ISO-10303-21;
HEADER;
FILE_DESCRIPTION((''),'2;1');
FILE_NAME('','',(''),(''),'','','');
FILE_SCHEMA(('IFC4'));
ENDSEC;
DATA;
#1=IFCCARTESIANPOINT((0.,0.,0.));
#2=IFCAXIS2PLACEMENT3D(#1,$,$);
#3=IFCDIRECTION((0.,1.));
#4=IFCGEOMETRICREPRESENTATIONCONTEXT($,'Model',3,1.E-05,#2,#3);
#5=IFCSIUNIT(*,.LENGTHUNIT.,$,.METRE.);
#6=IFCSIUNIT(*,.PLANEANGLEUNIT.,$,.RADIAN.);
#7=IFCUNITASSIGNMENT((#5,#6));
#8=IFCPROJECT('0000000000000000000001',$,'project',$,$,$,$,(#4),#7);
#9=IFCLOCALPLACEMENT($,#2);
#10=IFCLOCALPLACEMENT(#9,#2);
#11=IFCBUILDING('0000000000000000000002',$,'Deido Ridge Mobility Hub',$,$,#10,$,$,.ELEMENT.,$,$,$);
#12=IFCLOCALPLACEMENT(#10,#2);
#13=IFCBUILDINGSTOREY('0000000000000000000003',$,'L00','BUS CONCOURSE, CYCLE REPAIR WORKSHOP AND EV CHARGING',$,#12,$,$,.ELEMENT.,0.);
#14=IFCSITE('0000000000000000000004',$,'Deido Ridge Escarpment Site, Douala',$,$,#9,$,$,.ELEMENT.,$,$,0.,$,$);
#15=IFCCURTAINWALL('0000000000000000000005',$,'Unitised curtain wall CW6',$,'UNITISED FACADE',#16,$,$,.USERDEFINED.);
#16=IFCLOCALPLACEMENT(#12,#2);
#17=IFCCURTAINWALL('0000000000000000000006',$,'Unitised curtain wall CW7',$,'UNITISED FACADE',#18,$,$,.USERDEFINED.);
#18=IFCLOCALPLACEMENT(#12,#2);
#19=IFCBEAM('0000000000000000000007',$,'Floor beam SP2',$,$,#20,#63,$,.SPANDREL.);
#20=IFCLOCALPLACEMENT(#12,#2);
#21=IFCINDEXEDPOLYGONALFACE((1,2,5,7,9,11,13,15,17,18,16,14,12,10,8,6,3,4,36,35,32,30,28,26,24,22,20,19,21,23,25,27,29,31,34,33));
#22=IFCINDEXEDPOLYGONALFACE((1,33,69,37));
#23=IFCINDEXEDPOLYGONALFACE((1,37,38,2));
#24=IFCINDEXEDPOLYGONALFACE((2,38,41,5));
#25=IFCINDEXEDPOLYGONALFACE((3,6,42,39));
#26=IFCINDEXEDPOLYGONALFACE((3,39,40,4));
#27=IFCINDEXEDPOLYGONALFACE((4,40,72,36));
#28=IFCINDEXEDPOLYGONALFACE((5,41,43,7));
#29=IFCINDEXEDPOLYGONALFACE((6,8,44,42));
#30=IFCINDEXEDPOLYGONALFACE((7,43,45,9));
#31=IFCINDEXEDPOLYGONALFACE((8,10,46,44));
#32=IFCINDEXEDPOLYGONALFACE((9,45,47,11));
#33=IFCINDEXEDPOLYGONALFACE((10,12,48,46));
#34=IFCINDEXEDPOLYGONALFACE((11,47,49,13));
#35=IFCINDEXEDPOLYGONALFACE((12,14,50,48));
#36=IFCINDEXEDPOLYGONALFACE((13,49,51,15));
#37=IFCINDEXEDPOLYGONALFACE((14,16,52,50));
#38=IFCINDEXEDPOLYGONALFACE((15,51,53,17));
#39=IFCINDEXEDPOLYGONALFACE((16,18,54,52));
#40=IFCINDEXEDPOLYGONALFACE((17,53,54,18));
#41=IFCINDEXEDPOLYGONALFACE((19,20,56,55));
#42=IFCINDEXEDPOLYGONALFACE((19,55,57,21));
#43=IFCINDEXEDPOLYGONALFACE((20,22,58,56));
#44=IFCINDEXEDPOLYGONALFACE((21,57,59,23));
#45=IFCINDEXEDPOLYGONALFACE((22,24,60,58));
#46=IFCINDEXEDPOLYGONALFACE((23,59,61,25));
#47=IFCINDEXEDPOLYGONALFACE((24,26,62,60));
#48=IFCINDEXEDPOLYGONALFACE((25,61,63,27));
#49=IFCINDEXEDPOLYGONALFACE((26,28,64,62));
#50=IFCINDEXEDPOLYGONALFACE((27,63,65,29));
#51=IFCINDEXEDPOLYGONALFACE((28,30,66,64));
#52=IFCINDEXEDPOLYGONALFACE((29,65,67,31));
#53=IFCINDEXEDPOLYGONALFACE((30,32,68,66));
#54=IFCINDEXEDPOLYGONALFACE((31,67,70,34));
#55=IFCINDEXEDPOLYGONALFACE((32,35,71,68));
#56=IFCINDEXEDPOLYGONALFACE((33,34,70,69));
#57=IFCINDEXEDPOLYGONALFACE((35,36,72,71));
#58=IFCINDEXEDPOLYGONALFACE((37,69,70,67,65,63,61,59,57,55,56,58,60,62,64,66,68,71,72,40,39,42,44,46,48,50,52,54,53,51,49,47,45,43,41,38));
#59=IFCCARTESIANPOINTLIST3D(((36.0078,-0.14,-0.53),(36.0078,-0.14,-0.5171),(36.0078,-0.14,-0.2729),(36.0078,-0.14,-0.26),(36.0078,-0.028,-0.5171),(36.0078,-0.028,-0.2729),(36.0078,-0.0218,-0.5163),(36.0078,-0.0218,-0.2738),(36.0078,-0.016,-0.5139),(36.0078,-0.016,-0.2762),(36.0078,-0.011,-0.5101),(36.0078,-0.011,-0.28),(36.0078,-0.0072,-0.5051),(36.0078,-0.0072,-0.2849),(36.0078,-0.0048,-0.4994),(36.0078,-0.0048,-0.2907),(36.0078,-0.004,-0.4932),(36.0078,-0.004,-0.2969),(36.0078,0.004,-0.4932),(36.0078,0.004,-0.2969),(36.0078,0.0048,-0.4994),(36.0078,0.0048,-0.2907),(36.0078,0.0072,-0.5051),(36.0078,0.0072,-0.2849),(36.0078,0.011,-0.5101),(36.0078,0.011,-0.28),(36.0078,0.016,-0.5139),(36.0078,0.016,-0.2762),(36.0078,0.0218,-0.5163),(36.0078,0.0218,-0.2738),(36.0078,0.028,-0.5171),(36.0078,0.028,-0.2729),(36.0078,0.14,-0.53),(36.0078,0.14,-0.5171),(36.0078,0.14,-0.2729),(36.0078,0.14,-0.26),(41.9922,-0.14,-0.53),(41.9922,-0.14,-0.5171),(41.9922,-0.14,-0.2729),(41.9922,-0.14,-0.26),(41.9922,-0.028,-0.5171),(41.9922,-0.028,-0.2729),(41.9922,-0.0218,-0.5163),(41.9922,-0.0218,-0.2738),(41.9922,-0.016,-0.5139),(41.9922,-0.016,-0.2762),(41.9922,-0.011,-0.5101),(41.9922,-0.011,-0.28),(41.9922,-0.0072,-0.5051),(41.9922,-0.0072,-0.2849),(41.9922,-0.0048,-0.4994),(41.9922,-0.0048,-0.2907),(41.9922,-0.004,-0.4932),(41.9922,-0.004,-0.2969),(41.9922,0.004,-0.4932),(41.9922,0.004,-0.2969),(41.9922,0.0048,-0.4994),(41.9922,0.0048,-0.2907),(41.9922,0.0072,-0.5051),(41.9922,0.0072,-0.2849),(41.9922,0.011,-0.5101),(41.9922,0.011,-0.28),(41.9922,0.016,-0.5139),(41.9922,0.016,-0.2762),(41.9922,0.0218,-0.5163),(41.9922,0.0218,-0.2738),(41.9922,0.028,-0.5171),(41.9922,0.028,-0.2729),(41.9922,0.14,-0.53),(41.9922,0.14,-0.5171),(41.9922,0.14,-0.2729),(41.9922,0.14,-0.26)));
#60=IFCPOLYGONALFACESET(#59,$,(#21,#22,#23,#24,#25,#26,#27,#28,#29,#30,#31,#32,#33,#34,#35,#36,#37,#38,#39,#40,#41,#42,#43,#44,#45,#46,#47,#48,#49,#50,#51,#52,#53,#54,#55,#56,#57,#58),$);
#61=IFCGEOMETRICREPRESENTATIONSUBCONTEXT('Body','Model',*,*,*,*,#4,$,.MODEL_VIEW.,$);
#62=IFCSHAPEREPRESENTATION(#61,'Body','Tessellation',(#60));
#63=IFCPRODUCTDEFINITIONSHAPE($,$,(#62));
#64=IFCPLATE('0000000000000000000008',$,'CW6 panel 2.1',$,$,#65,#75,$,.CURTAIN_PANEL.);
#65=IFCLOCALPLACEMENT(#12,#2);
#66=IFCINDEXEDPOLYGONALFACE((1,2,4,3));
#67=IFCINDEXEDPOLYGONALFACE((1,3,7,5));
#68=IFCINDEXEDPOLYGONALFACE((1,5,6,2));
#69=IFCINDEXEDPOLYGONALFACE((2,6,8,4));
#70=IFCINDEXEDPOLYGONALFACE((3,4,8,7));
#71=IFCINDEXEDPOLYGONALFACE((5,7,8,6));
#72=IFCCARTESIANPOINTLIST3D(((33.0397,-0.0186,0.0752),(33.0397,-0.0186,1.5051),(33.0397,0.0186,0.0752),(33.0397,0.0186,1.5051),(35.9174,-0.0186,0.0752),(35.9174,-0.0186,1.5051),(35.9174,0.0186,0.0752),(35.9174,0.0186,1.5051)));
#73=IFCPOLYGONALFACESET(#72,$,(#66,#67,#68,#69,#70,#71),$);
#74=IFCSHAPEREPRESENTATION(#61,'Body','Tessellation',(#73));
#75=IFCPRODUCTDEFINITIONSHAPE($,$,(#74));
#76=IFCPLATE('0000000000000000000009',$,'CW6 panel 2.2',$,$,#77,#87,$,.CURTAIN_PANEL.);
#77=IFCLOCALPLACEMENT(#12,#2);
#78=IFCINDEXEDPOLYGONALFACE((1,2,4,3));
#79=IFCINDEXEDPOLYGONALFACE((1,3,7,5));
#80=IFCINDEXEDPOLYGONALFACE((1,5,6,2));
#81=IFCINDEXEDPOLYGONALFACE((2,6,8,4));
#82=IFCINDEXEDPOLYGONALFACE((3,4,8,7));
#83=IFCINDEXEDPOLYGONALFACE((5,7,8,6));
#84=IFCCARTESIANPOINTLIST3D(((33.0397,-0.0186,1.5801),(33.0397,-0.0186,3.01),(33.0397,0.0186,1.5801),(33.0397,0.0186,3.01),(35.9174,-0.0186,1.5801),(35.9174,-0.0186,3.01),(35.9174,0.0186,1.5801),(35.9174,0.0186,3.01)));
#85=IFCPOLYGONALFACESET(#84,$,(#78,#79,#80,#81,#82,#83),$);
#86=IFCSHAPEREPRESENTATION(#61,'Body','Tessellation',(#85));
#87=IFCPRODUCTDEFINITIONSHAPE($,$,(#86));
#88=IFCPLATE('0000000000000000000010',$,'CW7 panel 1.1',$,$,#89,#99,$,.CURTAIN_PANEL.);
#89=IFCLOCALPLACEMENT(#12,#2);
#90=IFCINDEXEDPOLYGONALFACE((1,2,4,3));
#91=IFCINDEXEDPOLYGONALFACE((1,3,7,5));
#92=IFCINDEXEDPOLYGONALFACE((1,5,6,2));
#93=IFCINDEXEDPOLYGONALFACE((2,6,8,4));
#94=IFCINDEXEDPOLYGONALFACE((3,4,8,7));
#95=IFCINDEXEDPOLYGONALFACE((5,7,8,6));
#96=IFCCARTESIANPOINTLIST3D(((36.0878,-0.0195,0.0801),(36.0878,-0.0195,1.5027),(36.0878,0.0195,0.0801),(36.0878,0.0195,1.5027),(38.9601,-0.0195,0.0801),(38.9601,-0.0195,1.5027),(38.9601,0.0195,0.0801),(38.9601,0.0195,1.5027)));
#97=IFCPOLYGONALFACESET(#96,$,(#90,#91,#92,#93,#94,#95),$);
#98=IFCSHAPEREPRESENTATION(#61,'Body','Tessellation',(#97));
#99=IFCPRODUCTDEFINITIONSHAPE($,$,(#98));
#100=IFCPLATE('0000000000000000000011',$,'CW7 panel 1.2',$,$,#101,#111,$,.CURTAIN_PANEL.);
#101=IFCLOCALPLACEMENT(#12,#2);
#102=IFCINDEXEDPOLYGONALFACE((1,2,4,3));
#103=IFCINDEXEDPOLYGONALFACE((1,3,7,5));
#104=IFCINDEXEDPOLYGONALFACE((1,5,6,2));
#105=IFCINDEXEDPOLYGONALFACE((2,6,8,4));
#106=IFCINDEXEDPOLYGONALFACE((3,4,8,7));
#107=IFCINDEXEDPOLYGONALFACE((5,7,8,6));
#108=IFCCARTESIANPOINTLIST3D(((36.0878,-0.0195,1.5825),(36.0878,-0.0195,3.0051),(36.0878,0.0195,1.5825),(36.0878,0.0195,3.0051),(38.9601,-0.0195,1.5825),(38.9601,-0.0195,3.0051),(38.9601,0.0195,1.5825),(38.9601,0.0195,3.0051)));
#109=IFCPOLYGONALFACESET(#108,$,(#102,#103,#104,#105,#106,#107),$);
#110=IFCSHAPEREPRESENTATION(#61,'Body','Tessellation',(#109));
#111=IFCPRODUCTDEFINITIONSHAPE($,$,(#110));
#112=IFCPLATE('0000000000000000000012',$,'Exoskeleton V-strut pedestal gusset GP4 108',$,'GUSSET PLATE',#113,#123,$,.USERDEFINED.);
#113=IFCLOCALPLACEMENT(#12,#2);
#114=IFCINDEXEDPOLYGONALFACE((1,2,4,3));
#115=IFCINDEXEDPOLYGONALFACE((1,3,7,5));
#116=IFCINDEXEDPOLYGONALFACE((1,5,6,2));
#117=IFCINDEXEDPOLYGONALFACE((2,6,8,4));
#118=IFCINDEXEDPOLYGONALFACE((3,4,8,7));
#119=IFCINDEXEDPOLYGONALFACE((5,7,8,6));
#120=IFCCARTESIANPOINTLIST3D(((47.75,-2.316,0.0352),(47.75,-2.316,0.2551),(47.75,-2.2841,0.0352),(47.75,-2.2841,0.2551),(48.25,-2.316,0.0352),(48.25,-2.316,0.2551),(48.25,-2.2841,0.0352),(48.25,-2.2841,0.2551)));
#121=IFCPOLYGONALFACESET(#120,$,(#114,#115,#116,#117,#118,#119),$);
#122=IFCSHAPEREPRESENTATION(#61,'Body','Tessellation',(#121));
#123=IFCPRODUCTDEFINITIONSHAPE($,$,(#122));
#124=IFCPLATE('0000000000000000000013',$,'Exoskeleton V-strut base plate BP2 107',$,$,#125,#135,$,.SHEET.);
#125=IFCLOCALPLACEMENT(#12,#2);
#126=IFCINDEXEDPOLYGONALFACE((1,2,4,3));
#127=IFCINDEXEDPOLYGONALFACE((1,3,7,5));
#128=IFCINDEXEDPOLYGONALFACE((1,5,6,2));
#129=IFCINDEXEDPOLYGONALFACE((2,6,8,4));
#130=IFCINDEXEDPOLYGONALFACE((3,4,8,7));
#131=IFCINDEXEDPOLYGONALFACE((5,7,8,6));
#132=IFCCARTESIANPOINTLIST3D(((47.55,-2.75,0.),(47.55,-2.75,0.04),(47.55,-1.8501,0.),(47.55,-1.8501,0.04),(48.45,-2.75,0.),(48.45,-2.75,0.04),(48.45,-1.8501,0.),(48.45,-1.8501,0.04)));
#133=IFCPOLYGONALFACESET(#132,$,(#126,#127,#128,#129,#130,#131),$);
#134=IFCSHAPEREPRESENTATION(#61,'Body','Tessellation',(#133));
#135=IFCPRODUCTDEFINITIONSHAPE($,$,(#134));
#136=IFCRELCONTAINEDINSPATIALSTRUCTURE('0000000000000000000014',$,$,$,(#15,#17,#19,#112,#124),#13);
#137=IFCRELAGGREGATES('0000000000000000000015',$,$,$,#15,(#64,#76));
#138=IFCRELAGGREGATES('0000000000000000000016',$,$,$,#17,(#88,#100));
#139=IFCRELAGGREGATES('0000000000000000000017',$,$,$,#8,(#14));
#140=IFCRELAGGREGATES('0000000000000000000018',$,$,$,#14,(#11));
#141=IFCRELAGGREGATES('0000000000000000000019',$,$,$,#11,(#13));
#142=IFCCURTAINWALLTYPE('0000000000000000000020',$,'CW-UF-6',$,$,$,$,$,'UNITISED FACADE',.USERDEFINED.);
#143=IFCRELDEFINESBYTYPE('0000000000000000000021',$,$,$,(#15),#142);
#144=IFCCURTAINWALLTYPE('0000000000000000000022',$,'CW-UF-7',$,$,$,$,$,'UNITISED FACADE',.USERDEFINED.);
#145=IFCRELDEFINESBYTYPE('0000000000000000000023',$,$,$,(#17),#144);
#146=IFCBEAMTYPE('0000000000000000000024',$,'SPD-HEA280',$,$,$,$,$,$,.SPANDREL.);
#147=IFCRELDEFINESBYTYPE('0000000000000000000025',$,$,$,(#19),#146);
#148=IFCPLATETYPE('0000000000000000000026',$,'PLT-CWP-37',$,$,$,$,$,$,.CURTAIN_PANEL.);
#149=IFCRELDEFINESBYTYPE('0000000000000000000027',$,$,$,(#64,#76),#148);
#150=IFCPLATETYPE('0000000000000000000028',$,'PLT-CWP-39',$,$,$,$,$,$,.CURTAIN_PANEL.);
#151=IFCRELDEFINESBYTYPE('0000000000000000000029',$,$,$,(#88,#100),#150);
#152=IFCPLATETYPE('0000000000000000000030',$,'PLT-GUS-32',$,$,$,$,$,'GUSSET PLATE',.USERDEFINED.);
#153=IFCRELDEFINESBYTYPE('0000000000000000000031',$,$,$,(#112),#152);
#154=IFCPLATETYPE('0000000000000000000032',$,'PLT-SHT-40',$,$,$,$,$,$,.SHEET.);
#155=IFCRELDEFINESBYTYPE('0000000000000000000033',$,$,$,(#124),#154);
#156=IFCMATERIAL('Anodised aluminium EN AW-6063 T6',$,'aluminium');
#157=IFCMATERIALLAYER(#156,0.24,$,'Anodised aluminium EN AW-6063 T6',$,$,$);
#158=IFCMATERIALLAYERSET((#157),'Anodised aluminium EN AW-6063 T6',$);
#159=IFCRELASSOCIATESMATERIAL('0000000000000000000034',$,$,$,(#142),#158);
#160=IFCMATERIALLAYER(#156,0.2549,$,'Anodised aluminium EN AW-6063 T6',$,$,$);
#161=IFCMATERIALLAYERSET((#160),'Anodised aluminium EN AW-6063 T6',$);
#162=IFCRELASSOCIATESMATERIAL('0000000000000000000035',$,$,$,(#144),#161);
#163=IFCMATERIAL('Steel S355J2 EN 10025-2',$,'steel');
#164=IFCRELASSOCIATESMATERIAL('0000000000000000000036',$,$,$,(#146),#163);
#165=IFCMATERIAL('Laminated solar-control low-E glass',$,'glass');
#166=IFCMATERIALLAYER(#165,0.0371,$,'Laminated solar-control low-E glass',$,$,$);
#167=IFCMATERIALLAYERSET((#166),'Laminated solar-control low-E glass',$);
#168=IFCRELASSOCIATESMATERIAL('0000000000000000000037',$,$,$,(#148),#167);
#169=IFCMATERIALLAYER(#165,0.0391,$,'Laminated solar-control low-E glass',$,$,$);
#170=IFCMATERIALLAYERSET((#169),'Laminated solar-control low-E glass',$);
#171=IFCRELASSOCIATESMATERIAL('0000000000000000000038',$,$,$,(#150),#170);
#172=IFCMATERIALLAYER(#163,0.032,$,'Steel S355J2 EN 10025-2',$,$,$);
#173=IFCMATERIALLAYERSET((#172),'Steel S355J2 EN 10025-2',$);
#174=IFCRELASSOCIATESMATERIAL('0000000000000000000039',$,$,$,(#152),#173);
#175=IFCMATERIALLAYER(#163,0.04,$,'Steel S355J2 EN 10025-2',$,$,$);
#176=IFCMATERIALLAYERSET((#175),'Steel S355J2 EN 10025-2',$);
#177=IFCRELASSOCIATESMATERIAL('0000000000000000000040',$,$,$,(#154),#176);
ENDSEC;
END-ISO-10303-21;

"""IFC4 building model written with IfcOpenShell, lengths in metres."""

from ifc_helpers import new_model, si_unit, direction, frame, origin, origin_2d, place, context, subcontext, project, spatial, rectangle, i_section, extrude, material, layer, layer_set, material_profile, profile_set, type_object, element, aggregate, save


model = new_model("IFC4")

# Units and contexts
model_context = context("Model", 3, precision=1e-05, world=origin(), true_north=direction((0.0, 1.0)))
body_context = subcontext(model_context, "Body", "Model", "MODEL_VIEW")
ifc_project = project(units=[si_unit("LENGTHUNIT", "METRE"), si_unit("PLANEANGLEUNIT", "RADIAN")], contexts=[model_context])

# Site, building, storey
site_placement = place(None, origin())
site = spatial("IfcSite", under=ifc_project, at=site_placement, Name="Deido Ridge Escarpment Site, Douala", CompositionType="ELEMENT", RefElevation=0.0)
building_placement = place(site_placement, origin())
building = spatial("IfcBuilding", under=site, at=building_placement, Name="Deido Ridge Mobility Hub", CompositionType="ELEMENT")
storey_placement = place(building_placement, origin())
storey = spatial("IfcBuildingStorey", under=building, at=storey_placement, Name="L00", Description="BUS CONCOURSE, CYCLE REPAIR WORKSHOP AND EV CHARGING", CompositionType="ELEMENT", Elevation=0.0)

# Shared definitions
ifc_material_1 = material(Name="Steel S355J2 EN 10025-2", Category="steel")

# Curtain walls
ifc_material_2 = material(Name="Anodised aluminium EN AW-6063 T6", Category="aluminium")
ifc_layer_1 = layer(ifc_material_2, 0.24, Name="Anodised aluminium EN AW-6063 T6")
ifc_layer_set_1 = layer_set([ifc_layer_1], Name="Anodised aluminium EN AW-6063 T6")
curtain_wall_type_1 = type_object("IfcCurtainWallType", Name="CW-UF-6", ElementType="UNITISED FACADE", PredefinedType="USERDEFINED", material=ifc_layer_set_1)
curtain_wall_1_placement = place(storey_placement, origin())
curtain_wall_1 = element("IfcCurtainWall", 1, at=curtain_wall_1_placement, inside=storey, type_object=curtain_wall_type_1, Name="Unitised curtain wall CW6", ObjectType="UNITISED FACADE", PredefinedType="USERDEFINED")
ifc_layer_2 = layer(ifc_material_2, 0.2549, Name="Anodised aluminium EN AW-6063 T6")
ifc_layer_set_2 = layer_set([ifc_layer_2], Name="Anodised aluminium EN AW-6063 T6")
curtain_wall_type_2 = type_object("IfcCurtainWallType", Name="CW-UF-7", ElementType="UNITISED FACADE", PredefinedType="USERDEFINED", material=ifc_layer_set_2)
curtain_wall_2_placement = place(storey_placement, origin())
curtain_wall_2 = element("IfcCurtainWall", 2, at=curtain_wall_2_placement, inside=storey, type_object=curtain_wall_type_2, Name="Unitised curtain wall CW7", ObjectType="UNITISED FACADE", PredefinedType="USERDEFINED")

# Beam
ifc_material_profile_1 = material_profile(ifc_material_1, i_section(OverallWidth=0.28, OverallDepth=0.27, WebThickness=0.0081, FlangeThickness=0.0129, FilletRadius=0.0239, at=origin_2d()), Name="HEA 280")
ifc_profile_set_1 = profile_set([ifc_material_profile_1], Name="Steel S355J2 EN 10025-2")
beam_type_1 = type_object("IfcBeamType", Name="SPD-HEA280", PredefinedType="SPANDREL", material=ifc_profile_set_1)
beam_1_placement = place(storey_placement, frame((36.0078, 0.0, -0.395), z_axis=(1.0, 0.0, 0.0), x_axis=(0.0, 1.0, 0.0)))
element("IfcBeam", 3, at=beam_1_placement, inside=storey, type_object=beam_type_1, Name="Floor beam SP2", PredefinedType="SPANDREL", context=body_context, shape_type="SweptSolid", body=[
    extrude(i_section(OverallWidth=0.28, OverallDepth=0.27, WebThickness=0.0081, FlangeThickness=0.0129, FilletRadius=0.0239, at=origin_2d()), origin(), (0.0, 0.0, 1.0), 5.9844),
])

# Plates
ifc_material_3 = material(Name="Laminated solar-control low-E glass", Category="glass")
ifc_layer_3 = layer(ifc_material_3, 0.0371, Name="Laminated solar-control low-E glass")
ifc_layer_set_3 = layer_set([ifc_layer_3], Name="Laminated solar-control low-E glass")
plate_type_1 = type_object("IfcPlateType", Name="PLT-CWP-37", PredefinedType="CURTAIN_PANEL", material=ifc_layer_set_3)
plate_1_placement = place(storey_placement, frame((34.4785, 0.0, 0.0752), z_axis=(0.0, 0.0, 1.0), x_axis=(1.0, 0.0, 0.0)))
plate_1 = element("IfcPlate", 4, at=plate_1_placement, type_object=plate_type_1, Name="CW6 panel 2.1", PredefinedType="CURTAIN_PANEL", context=body_context, shape_type="SweptSolid", body=[
    extrude(rectangle(XDim=2.8777, YDim=0.0371, at=origin_2d()), origin(), (0.0, 0.0, 1.0), 1.4299),
])
plate_2_placement = place(storey_placement, frame((34.4785, 0.0, 1.5801), z_axis=(0.0, 0.0, 1.0), x_axis=(1.0, 0.0, 0.0)))
plate_2 = element("IfcPlate", 5, at=plate_2_placement, type_object=plate_type_1, Name="CW6 panel 2.2", PredefinedType="CURTAIN_PANEL", context=body_context, shape_type="SweptSolid", body=[
    extrude(rectangle(XDim=2.8777, YDim=0.0371, at=origin_2d()), origin(), (0.0, 0.0, 1.0), 1.4299),
])
aggregate(curtain_wall_1, [plate_1, plate_2])
ifc_layer_4 = layer(ifc_material_3, 0.0391, Name="Laminated solar-control low-E glass")
ifc_layer_set_4 = layer_set([ifc_layer_4], Name="Laminated solar-control low-E glass")
plate_type_2 = type_object("IfcPlateType", Name="PLT-CWP-39", PredefinedType="CURTAIN_PANEL", material=ifc_layer_set_4)
plate_3_placement = place(storey_placement, frame((37.5239, 0.0, 0.0801), z_axis=(0.0, 0.0, 1.0), x_axis=(1.0, 0.0, 0.0)))
plate_3 = element("IfcPlate", 6, at=plate_3_placement, type_object=plate_type_2, Name="CW7 panel 1.1", PredefinedType="CURTAIN_PANEL", context=body_context, shape_type="SweptSolid", body=[
    extrude(rectangle(XDim=2.8723, YDim=0.0391, at=origin_2d()), origin(), (0.0, 0.0, 1.0), 1.4226),
])
plate_4_placement = place(storey_placement, frame((37.5239, 0.0, 1.5825), z_axis=(0.0, 0.0, 1.0), x_axis=(1.0, 0.0, 0.0)))
plate_4 = element("IfcPlate", 7, at=plate_4_placement, type_object=plate_type_2, Name="CW7 panel 1.2", PredefinedType="CURTAIN_PANEL", context=body_context, shape_type="SweptSolid", body=[
    extrude(rectangle(XDim=2.8723, YDim=0.0391, at=origin_2d()), origin(), (0.0, 0.0, 1.0), 1.4226),
])
aggregate(curtain_wall_2, [plate_3, plate_4])

# Plates
ifc_layer_5 = layer(ifc_material_1, 0.032, Name="Steel S355J2 EN 10025-2")
ifc_layer_set_5 = layer_set([ifc_layer_5], Name="Steel S355J2 EN 10025-2")
plate_type_3 = type_object("IfcPlateType", Name="PLT-GUS-32", ElementType="GUSSET PLATE", PredefinedType="USERDEFINED", material=ifc_layer_set_5)
plate_5_placement = place(storey_placement, frame((48.0, -2.3, 0.0352), z_axis=(0.0, 0.0, 1.0), x_axis=(1.0, 0.0, 0.0)))
element("IfcPlate", 8, at=plate_5_placement, inside=storey, type_object=plate_type_3, Name="Exoskeleton V-strut pedestal gusset GP4 108", ObjectType="GUSSET PLATE", PredefinedType="USERDEFINED", context=body_context, shape_type="SweptSolid", body=[
    extrude(rectangle(XDim=0.5, YDim=0.032, at=origin_2d()), origin(), (0.0, 0.0, 1.0), 0.22),
])
ifc_layer_6 = layer(ifc_material_1, 0.04, Name="Steel S355J2 EN 10025-2")
ifc_layer_set_6 = layer_set([ifc_layer_6], Name="Steel S355J2 EN 10025-2")
plate_type_4 = type_object("IfcPlateType", Name="PLT-SHT-40", PredefinedType="SHEET", material=ifc_layer_set_6)
plate_6_placement = place(storey_placement, frame((48.0, -2.3, 0.0), z_axis=(0.0, 0.0, 1.0), x_axis=(1.0, 0.0, 0.0)))
element("IfcPlate", 9, at=plate_6_placement, inside=storey, type_object=plate_type_4, Name="Exoskeleton V-strut base plate BP2 107", PredefinedType="SHEET", context=body_context, shape_type="SweptSolid", body=[
    extrude(rectangle(XDim=0.8999, YDim=0.8999, at=origin_2d()), origin(), (0.0, 0.0, 1.0), 0.04),
])

save(model, "model.ifc")
